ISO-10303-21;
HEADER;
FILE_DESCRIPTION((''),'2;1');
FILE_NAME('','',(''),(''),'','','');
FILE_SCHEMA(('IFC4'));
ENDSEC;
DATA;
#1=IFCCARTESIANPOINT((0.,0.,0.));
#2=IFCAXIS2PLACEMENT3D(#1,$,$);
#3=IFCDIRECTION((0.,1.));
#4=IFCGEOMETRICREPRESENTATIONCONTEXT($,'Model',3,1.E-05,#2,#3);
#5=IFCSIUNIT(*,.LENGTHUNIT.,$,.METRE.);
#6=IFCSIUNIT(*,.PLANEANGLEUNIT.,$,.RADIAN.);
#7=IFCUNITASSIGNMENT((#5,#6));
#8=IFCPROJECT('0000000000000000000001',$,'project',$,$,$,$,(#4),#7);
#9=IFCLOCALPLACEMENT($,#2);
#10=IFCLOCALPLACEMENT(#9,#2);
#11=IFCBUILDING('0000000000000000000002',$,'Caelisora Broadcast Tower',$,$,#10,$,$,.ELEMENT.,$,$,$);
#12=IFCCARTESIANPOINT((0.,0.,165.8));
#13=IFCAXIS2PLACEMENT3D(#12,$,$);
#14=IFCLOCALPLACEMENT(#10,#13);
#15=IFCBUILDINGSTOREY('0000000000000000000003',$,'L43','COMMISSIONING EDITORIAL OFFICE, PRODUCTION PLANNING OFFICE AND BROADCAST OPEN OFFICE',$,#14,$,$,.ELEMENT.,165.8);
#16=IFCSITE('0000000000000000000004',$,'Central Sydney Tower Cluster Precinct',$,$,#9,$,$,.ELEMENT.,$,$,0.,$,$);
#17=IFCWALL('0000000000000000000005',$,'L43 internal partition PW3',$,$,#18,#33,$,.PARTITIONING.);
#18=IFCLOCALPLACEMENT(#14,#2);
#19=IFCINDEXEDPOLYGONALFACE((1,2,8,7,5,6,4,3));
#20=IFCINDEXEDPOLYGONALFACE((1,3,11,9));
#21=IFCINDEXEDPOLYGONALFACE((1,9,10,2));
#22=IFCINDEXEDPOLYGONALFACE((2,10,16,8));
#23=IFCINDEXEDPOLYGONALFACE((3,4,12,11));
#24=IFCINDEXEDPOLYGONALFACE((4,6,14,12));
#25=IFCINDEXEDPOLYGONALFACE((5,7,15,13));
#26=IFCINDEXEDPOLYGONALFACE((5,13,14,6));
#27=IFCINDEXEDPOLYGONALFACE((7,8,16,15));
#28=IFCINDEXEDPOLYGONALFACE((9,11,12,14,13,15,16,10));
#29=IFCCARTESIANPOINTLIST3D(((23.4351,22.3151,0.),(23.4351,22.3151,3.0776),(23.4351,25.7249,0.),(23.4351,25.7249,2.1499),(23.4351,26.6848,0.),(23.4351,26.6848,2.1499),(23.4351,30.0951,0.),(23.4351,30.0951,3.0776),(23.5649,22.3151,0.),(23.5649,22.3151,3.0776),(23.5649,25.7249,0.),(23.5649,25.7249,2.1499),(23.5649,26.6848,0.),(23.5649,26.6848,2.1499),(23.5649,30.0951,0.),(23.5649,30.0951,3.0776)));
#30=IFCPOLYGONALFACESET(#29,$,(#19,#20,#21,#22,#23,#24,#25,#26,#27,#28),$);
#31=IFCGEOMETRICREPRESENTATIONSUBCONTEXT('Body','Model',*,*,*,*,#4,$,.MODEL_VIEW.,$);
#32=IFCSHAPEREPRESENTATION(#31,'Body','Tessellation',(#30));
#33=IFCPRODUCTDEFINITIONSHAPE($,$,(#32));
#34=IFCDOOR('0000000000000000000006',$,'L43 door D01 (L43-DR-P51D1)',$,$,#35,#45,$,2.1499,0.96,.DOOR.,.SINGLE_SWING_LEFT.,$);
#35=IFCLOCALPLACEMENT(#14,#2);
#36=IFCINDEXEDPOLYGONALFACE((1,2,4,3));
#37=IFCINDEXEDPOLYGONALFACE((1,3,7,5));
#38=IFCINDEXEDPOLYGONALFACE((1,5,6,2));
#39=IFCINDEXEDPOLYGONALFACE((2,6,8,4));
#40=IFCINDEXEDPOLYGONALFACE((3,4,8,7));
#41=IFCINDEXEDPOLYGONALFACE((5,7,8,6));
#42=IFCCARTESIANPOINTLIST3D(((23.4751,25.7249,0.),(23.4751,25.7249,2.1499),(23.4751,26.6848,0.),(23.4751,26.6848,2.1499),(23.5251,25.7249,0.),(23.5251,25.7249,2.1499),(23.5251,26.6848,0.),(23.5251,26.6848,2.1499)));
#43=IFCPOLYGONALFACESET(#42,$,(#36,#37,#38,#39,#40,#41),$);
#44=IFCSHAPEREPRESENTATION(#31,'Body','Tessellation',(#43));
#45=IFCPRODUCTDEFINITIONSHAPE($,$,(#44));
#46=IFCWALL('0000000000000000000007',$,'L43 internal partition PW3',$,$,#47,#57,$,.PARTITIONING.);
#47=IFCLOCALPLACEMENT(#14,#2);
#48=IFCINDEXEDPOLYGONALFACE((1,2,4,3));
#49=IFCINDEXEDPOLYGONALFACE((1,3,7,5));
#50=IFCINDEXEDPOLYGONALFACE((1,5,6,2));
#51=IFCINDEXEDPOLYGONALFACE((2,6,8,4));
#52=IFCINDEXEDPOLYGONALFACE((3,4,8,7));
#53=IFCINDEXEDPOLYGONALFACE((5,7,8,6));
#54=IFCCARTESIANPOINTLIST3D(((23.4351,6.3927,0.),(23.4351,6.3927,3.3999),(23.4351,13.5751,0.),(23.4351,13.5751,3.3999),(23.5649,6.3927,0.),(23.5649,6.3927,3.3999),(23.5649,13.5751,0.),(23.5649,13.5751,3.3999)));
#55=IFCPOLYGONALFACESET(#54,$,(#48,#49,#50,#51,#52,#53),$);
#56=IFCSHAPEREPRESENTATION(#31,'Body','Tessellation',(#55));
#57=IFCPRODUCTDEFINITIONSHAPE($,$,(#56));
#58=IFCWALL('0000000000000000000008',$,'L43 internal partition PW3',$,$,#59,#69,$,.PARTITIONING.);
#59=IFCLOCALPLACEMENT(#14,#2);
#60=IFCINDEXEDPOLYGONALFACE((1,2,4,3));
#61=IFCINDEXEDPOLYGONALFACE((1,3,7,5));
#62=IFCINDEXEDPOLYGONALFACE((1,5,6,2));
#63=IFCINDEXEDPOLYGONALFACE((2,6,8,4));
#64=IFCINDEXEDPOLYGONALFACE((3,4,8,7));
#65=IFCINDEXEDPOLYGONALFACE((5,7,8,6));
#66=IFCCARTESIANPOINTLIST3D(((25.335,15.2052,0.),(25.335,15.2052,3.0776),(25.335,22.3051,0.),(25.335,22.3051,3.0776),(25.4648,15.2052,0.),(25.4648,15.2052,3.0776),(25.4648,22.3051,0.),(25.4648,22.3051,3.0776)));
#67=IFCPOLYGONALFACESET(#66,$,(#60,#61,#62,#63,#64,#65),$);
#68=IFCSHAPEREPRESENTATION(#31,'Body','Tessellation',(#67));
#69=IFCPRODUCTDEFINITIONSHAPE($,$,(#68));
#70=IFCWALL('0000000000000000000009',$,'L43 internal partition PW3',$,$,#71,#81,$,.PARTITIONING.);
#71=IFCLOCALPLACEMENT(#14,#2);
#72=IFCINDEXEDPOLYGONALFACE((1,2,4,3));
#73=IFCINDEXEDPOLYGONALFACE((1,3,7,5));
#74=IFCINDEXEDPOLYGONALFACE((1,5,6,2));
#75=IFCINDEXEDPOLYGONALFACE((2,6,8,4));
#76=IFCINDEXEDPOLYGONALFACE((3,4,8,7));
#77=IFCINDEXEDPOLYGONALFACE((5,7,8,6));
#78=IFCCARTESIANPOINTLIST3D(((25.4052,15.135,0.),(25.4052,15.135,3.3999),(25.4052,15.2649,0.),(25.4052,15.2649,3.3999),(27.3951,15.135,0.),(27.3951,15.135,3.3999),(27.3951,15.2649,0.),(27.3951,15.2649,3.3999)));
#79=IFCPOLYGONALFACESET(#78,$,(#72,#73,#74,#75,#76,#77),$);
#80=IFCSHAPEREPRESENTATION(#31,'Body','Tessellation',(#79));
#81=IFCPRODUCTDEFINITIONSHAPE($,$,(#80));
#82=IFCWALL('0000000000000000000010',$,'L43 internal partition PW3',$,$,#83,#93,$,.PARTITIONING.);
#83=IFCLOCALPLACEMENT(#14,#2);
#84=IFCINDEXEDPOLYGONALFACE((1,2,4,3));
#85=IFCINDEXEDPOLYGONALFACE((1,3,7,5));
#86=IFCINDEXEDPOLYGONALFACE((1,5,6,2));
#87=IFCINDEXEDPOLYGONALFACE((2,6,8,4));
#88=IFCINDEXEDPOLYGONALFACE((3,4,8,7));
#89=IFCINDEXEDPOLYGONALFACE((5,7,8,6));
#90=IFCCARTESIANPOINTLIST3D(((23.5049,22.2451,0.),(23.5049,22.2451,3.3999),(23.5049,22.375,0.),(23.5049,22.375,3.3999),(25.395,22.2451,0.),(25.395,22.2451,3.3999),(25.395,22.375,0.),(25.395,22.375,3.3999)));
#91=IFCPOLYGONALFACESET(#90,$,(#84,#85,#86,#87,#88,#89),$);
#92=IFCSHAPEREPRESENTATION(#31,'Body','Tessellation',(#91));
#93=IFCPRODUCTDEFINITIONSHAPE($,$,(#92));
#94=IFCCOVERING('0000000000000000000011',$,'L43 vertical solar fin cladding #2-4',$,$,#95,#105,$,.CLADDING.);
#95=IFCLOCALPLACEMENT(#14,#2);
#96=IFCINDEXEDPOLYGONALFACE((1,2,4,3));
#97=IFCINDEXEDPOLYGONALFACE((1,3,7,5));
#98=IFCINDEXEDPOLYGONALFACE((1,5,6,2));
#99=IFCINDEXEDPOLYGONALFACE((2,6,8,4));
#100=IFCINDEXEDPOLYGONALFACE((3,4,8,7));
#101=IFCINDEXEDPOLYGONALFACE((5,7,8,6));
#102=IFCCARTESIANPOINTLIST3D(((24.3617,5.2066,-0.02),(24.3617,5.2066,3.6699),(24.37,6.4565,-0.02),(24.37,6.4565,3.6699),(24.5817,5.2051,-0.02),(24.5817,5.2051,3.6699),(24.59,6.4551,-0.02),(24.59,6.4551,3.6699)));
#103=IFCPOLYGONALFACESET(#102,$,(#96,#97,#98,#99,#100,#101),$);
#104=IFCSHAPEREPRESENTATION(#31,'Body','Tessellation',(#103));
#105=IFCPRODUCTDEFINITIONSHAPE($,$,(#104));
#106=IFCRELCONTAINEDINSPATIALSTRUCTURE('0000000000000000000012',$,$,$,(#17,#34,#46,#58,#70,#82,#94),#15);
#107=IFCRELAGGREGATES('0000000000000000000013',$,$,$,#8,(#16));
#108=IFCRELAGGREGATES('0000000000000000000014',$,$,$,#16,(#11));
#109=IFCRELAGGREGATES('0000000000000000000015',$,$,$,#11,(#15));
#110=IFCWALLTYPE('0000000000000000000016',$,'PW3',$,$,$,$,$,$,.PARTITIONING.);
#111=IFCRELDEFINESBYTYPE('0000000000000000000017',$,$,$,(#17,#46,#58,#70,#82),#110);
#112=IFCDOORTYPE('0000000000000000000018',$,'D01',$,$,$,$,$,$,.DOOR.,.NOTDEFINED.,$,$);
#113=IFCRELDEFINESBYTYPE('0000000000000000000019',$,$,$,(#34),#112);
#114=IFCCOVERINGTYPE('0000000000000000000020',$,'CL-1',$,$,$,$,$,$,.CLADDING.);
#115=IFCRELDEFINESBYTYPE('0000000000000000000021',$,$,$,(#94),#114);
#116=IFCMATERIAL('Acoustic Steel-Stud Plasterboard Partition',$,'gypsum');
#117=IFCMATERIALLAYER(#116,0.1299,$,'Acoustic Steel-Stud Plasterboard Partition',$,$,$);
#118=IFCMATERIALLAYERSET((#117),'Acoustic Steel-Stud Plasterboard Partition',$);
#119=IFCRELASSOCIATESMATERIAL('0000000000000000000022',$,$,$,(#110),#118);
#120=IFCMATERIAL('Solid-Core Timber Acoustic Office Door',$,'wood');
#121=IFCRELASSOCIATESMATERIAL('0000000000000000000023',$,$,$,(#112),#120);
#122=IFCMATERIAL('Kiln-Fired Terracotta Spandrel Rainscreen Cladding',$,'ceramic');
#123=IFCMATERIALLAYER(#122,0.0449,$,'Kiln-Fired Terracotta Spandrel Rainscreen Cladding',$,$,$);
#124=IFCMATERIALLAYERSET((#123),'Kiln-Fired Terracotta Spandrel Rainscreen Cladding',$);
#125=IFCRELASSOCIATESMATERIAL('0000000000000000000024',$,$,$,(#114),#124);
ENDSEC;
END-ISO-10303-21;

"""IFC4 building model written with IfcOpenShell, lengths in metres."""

from ifc_helpers import new_model, si_unit, direction, frame, frame_2d, origin, origin_2d, place, context, subcontext, project, spatial, rectangle, extrude, source, transform, mapped, material, layer, layer_set, type_object, type_shapes, element, fill, save


model = new_model("IFC4")

# Units and contexts
model_context = context("Model", 3, precision=1e-05, world=origin(), true_north=direction((0.0, 1.0)))
body_context = subcontext(model_context, "Body", "Model", "MODEL_VIEW")
ifc_project = project(units=[si_unit("LENGTHUNIT", "METRE"), si_unit("PLANEANGLEUNIT", "RADIAN")], contexts=[model_context])

# Site, building, storey
site_placement = place(None, origin())
site = spatial("IfcSite", under=ifc_project, at=site_placement, Name="Central Sydney Tower Cluster Precinct", CompositionType="ELEMENT", RefElevation=0.0)
building_placement = place(site_placement, origin())
building = spatial("IfcBuilding", under=site, at=building_placement, Name="Caelisora Broadcast Tower", CompositionType="ELEMENT")
storey_placement = place(building_placement, frame((0.0, 0.0, 165.8)))
storey = spatial("IfcBuildingStorey", under=building, at=storey_placement, Name="L43", Description="COMMISSIONING EDITORIAL OFFICE, PRODUCTION PLANNING OFFICE AND BROADCAST OPEN OFFICE", CompositionType="ELEMENT", Elevation=165.8)

# Wall, opening, door
ifc_material_1 = material(Name="Acoustic Steel-Stud Plasterboard Partition", Category="gypsum")
ifc_layer_1 = layer(ifc_material_1, 0.1299, Name="Acoustic Steel-Stud Plasterboard Partition")
ifc_layer_set_1 = layer_set([ifc_layer_1], Name="Acoustic Steel-Stud Plasterboard Partition")
wall_type = type_object("IfcWallType", Name="PW3", PredefinedType="PARTITIONING", material=ifc_layer_set_1)
ifc_material_2 = material(Name="Solid-Core Timber Acoustic Office Door", Category="wood")
door_type = type_object("IfcDoorType", Name="D01", OperationType="NOTDEFINED", PredefinedType="DOOR", material=ifc_material_2)
wall_1_placement = place(storey_placement, frame((23.5, 22.3149, 0.0), z_axis=(0.0, 0.0, 1.0), x_axis=(0.0, 1.0, 0.0)))
wall_1 = element("IfcWall", 1, at=wall_1_placement, inside=storey, type_object=wall_type, Name="L43 internal partition PW3", PredefinedType="PARTITIONING", context=body_context, shape_type="SweptSolid", body=[
    extrude(rectangle(XDim=7.78, YDim=0.1299, at=frame_2d((3.8901, 0.0))), origin(), (0.0, 0.0, 1.0), 3.0776),
])
opening_1_placement = place(wall_1_placement, frame((3.4099, 0.0, 0.0)))
opening_1 = element("IfcOpeningElement", 2, at=opening_1_placement, cuts=wall_1, PredefinedType="OPENING", context=body_context, shape_type="SweptSolid", body=[
    extrude(rectangle(XDim=0.96, YDim=2.1499, at=frame_2d((0.48, 1.075))), frame((0.0, 0.0769, 0.0), z_axis=(0.0, -1.0, 0.0), x_axis=(1.0, 0.0, 0.0)), (0.0, 0.0, 1.0), 0.1538),
])
door_1_placement = place(opening_1_placement, origin())
door_1 = element("IfcDoor", 3, at=door_1_placement, inside=storey, type_object=door_type, Name="L43 door D01 (L43-DR-P51D1)", OperationType="SINGLE_SWING_LEFT", OverallHeight=2.1499, OverallWidth=0.96, PredefinedType="DOOR", context=body_context, shape_type="SweptSolid", body=[
    extrude(rectangle(XDim=0.96, YDim=2.1499, at=frame_2d((0.48, 1.075))), frame((0.0, 0.0249, 0.0), z_axis=(0.0, -1.0, 0.0), x_axis=(1.0, 0.0, 0.0)), (0.0, 0.0, 1.0), 0.05),
])
fill(opening_1, door_1)

# Walls
wall_2_placement = place(storey_placement, frame((23.5, 6.3926, 0.0), z_axis=(0.0, 0.0, 1.0), x_axis=(0.0, 1.0, 0.0)))
element("IfcWall", 4, at=wall_2_placement, inside=storey, type_object=wall_type, Name="L43 internal partition PW3", PredefinedType="PARTITIONING", context=body_context, shape_type="SweptSolid", body=[
    extrude(rectangle(XDim=7.1824, YDim=0.1299, at=frame_2d((3.5913, 0.0))), origin(), (0.0, 0.0, 1.0), 3.3999),
])
wall_3_placement = place(storey_placement, frame((25.3999, 22.3049, 0.0), z_axis=(0.0, 0.0, 1.0), x_axis=(0.0, -1.0, 0.0)))
element("IfcWall", 5, at=wall_3_placement, inside=storey, type_object=wall_type, Name="L43 internal partition PW3", PredefinedType="PARTITIONING", context=body_context, shape_type="SweptSolid", body=[
    extrude(rectangle(XDim=7.0999, YDim=0.1299, at=frame_2d((3.5498, 0.0))), origin(), (0.0, 0.0, 1.0), 3.0776),
])
wall_4_placement = place(storey_placement, frame((25.405, 15.2, 0.0), z_axis=(0.0, 0.0, 1.0), x_axis=(1.0, 0.0, 0.0)))
element("IfcWall", 6, at=wall_4_placement, inside=storey, type_object=wall_type, Name="L43 internal partition PW3", PredefinedType="PARTITIONING", context=body_context, shape_type="SweptSolid", body=[
    extrude(rectangle(XDim=1.99, YDim=0.1299, at=frame_2d((0.9951, 0.0))), origin(), (0.0, 0.0, 1.0), 3.3999),
])
wall_5_placement = place(storey_placement, frame((23.5049, 22.3101, 0.0), z_axis=(0.0, 0.0, 1.0), x_axis=(1.0, 0.0, 0.0)))
element("IfcWall", 7, at=wall_5_placement, inside=storey, type_object=wall_type, Name="L43 internal partition PW3", PredefinedType="PARTITIONING", context=body_context, shape_type="SweptSolid", body=[
    extrude(rectangle(XDim=1.8901, YDim=0.1299, at=frame_2d((0.9451, 0.0))), origin(), (0.0, 0.0, 1.0), 3.3999),
])

# Covering
ifc_material_3 = material(Name="Kiln-Fired Terracotta Spandrel Rainscreen Cladding", Category="ceramic")
ifc_layer_2 = layer(ifc_material_3, 0.0449, Name="Kiln-Fired Terracotta Spandrel Rainscreen Cladding")
ifc_layer_set_2 = layer_set([ifc_layer_2], Name="Kiln-Fired Terracotta Spandrel Rainscreen Cladding")
covering_type = type_object("IfcCoveringType", Name="CL-1", PredefinedType="CLADDING", material=ifc_layer_set_2)
shared_shape_1 = source(origin(), body_context, "Body", "SweptSolid", [
    extrude(rectangle(XDim=0.22, YDim=1.25, at=origin_2d()), origin(), (0.0, 0.0, 1.0), 3.6899),
])
type_shapes(covering_type, [shared_shape_1])
covering_placement = place(storey_placement, frame((24.4758, 5.8308, -0.02), z_axis=(0.0, 0.0, 1.0), x_axis=(-0.999978, 0.006632, 0.0)))
element("IfcCovering", 8, at=covering_placement, inside=storey, type_object=covering_type, Name="L43 vertical solar fin cladding #2-4", PredefinedType="CLADDING", context=body_context, shape_type="MappedRepresentation", body=[
    mapped(shared_shape_1, transform((0.0, 0.0, 0.0), scale=1.0)),
])

save(model, "model.ifc")
